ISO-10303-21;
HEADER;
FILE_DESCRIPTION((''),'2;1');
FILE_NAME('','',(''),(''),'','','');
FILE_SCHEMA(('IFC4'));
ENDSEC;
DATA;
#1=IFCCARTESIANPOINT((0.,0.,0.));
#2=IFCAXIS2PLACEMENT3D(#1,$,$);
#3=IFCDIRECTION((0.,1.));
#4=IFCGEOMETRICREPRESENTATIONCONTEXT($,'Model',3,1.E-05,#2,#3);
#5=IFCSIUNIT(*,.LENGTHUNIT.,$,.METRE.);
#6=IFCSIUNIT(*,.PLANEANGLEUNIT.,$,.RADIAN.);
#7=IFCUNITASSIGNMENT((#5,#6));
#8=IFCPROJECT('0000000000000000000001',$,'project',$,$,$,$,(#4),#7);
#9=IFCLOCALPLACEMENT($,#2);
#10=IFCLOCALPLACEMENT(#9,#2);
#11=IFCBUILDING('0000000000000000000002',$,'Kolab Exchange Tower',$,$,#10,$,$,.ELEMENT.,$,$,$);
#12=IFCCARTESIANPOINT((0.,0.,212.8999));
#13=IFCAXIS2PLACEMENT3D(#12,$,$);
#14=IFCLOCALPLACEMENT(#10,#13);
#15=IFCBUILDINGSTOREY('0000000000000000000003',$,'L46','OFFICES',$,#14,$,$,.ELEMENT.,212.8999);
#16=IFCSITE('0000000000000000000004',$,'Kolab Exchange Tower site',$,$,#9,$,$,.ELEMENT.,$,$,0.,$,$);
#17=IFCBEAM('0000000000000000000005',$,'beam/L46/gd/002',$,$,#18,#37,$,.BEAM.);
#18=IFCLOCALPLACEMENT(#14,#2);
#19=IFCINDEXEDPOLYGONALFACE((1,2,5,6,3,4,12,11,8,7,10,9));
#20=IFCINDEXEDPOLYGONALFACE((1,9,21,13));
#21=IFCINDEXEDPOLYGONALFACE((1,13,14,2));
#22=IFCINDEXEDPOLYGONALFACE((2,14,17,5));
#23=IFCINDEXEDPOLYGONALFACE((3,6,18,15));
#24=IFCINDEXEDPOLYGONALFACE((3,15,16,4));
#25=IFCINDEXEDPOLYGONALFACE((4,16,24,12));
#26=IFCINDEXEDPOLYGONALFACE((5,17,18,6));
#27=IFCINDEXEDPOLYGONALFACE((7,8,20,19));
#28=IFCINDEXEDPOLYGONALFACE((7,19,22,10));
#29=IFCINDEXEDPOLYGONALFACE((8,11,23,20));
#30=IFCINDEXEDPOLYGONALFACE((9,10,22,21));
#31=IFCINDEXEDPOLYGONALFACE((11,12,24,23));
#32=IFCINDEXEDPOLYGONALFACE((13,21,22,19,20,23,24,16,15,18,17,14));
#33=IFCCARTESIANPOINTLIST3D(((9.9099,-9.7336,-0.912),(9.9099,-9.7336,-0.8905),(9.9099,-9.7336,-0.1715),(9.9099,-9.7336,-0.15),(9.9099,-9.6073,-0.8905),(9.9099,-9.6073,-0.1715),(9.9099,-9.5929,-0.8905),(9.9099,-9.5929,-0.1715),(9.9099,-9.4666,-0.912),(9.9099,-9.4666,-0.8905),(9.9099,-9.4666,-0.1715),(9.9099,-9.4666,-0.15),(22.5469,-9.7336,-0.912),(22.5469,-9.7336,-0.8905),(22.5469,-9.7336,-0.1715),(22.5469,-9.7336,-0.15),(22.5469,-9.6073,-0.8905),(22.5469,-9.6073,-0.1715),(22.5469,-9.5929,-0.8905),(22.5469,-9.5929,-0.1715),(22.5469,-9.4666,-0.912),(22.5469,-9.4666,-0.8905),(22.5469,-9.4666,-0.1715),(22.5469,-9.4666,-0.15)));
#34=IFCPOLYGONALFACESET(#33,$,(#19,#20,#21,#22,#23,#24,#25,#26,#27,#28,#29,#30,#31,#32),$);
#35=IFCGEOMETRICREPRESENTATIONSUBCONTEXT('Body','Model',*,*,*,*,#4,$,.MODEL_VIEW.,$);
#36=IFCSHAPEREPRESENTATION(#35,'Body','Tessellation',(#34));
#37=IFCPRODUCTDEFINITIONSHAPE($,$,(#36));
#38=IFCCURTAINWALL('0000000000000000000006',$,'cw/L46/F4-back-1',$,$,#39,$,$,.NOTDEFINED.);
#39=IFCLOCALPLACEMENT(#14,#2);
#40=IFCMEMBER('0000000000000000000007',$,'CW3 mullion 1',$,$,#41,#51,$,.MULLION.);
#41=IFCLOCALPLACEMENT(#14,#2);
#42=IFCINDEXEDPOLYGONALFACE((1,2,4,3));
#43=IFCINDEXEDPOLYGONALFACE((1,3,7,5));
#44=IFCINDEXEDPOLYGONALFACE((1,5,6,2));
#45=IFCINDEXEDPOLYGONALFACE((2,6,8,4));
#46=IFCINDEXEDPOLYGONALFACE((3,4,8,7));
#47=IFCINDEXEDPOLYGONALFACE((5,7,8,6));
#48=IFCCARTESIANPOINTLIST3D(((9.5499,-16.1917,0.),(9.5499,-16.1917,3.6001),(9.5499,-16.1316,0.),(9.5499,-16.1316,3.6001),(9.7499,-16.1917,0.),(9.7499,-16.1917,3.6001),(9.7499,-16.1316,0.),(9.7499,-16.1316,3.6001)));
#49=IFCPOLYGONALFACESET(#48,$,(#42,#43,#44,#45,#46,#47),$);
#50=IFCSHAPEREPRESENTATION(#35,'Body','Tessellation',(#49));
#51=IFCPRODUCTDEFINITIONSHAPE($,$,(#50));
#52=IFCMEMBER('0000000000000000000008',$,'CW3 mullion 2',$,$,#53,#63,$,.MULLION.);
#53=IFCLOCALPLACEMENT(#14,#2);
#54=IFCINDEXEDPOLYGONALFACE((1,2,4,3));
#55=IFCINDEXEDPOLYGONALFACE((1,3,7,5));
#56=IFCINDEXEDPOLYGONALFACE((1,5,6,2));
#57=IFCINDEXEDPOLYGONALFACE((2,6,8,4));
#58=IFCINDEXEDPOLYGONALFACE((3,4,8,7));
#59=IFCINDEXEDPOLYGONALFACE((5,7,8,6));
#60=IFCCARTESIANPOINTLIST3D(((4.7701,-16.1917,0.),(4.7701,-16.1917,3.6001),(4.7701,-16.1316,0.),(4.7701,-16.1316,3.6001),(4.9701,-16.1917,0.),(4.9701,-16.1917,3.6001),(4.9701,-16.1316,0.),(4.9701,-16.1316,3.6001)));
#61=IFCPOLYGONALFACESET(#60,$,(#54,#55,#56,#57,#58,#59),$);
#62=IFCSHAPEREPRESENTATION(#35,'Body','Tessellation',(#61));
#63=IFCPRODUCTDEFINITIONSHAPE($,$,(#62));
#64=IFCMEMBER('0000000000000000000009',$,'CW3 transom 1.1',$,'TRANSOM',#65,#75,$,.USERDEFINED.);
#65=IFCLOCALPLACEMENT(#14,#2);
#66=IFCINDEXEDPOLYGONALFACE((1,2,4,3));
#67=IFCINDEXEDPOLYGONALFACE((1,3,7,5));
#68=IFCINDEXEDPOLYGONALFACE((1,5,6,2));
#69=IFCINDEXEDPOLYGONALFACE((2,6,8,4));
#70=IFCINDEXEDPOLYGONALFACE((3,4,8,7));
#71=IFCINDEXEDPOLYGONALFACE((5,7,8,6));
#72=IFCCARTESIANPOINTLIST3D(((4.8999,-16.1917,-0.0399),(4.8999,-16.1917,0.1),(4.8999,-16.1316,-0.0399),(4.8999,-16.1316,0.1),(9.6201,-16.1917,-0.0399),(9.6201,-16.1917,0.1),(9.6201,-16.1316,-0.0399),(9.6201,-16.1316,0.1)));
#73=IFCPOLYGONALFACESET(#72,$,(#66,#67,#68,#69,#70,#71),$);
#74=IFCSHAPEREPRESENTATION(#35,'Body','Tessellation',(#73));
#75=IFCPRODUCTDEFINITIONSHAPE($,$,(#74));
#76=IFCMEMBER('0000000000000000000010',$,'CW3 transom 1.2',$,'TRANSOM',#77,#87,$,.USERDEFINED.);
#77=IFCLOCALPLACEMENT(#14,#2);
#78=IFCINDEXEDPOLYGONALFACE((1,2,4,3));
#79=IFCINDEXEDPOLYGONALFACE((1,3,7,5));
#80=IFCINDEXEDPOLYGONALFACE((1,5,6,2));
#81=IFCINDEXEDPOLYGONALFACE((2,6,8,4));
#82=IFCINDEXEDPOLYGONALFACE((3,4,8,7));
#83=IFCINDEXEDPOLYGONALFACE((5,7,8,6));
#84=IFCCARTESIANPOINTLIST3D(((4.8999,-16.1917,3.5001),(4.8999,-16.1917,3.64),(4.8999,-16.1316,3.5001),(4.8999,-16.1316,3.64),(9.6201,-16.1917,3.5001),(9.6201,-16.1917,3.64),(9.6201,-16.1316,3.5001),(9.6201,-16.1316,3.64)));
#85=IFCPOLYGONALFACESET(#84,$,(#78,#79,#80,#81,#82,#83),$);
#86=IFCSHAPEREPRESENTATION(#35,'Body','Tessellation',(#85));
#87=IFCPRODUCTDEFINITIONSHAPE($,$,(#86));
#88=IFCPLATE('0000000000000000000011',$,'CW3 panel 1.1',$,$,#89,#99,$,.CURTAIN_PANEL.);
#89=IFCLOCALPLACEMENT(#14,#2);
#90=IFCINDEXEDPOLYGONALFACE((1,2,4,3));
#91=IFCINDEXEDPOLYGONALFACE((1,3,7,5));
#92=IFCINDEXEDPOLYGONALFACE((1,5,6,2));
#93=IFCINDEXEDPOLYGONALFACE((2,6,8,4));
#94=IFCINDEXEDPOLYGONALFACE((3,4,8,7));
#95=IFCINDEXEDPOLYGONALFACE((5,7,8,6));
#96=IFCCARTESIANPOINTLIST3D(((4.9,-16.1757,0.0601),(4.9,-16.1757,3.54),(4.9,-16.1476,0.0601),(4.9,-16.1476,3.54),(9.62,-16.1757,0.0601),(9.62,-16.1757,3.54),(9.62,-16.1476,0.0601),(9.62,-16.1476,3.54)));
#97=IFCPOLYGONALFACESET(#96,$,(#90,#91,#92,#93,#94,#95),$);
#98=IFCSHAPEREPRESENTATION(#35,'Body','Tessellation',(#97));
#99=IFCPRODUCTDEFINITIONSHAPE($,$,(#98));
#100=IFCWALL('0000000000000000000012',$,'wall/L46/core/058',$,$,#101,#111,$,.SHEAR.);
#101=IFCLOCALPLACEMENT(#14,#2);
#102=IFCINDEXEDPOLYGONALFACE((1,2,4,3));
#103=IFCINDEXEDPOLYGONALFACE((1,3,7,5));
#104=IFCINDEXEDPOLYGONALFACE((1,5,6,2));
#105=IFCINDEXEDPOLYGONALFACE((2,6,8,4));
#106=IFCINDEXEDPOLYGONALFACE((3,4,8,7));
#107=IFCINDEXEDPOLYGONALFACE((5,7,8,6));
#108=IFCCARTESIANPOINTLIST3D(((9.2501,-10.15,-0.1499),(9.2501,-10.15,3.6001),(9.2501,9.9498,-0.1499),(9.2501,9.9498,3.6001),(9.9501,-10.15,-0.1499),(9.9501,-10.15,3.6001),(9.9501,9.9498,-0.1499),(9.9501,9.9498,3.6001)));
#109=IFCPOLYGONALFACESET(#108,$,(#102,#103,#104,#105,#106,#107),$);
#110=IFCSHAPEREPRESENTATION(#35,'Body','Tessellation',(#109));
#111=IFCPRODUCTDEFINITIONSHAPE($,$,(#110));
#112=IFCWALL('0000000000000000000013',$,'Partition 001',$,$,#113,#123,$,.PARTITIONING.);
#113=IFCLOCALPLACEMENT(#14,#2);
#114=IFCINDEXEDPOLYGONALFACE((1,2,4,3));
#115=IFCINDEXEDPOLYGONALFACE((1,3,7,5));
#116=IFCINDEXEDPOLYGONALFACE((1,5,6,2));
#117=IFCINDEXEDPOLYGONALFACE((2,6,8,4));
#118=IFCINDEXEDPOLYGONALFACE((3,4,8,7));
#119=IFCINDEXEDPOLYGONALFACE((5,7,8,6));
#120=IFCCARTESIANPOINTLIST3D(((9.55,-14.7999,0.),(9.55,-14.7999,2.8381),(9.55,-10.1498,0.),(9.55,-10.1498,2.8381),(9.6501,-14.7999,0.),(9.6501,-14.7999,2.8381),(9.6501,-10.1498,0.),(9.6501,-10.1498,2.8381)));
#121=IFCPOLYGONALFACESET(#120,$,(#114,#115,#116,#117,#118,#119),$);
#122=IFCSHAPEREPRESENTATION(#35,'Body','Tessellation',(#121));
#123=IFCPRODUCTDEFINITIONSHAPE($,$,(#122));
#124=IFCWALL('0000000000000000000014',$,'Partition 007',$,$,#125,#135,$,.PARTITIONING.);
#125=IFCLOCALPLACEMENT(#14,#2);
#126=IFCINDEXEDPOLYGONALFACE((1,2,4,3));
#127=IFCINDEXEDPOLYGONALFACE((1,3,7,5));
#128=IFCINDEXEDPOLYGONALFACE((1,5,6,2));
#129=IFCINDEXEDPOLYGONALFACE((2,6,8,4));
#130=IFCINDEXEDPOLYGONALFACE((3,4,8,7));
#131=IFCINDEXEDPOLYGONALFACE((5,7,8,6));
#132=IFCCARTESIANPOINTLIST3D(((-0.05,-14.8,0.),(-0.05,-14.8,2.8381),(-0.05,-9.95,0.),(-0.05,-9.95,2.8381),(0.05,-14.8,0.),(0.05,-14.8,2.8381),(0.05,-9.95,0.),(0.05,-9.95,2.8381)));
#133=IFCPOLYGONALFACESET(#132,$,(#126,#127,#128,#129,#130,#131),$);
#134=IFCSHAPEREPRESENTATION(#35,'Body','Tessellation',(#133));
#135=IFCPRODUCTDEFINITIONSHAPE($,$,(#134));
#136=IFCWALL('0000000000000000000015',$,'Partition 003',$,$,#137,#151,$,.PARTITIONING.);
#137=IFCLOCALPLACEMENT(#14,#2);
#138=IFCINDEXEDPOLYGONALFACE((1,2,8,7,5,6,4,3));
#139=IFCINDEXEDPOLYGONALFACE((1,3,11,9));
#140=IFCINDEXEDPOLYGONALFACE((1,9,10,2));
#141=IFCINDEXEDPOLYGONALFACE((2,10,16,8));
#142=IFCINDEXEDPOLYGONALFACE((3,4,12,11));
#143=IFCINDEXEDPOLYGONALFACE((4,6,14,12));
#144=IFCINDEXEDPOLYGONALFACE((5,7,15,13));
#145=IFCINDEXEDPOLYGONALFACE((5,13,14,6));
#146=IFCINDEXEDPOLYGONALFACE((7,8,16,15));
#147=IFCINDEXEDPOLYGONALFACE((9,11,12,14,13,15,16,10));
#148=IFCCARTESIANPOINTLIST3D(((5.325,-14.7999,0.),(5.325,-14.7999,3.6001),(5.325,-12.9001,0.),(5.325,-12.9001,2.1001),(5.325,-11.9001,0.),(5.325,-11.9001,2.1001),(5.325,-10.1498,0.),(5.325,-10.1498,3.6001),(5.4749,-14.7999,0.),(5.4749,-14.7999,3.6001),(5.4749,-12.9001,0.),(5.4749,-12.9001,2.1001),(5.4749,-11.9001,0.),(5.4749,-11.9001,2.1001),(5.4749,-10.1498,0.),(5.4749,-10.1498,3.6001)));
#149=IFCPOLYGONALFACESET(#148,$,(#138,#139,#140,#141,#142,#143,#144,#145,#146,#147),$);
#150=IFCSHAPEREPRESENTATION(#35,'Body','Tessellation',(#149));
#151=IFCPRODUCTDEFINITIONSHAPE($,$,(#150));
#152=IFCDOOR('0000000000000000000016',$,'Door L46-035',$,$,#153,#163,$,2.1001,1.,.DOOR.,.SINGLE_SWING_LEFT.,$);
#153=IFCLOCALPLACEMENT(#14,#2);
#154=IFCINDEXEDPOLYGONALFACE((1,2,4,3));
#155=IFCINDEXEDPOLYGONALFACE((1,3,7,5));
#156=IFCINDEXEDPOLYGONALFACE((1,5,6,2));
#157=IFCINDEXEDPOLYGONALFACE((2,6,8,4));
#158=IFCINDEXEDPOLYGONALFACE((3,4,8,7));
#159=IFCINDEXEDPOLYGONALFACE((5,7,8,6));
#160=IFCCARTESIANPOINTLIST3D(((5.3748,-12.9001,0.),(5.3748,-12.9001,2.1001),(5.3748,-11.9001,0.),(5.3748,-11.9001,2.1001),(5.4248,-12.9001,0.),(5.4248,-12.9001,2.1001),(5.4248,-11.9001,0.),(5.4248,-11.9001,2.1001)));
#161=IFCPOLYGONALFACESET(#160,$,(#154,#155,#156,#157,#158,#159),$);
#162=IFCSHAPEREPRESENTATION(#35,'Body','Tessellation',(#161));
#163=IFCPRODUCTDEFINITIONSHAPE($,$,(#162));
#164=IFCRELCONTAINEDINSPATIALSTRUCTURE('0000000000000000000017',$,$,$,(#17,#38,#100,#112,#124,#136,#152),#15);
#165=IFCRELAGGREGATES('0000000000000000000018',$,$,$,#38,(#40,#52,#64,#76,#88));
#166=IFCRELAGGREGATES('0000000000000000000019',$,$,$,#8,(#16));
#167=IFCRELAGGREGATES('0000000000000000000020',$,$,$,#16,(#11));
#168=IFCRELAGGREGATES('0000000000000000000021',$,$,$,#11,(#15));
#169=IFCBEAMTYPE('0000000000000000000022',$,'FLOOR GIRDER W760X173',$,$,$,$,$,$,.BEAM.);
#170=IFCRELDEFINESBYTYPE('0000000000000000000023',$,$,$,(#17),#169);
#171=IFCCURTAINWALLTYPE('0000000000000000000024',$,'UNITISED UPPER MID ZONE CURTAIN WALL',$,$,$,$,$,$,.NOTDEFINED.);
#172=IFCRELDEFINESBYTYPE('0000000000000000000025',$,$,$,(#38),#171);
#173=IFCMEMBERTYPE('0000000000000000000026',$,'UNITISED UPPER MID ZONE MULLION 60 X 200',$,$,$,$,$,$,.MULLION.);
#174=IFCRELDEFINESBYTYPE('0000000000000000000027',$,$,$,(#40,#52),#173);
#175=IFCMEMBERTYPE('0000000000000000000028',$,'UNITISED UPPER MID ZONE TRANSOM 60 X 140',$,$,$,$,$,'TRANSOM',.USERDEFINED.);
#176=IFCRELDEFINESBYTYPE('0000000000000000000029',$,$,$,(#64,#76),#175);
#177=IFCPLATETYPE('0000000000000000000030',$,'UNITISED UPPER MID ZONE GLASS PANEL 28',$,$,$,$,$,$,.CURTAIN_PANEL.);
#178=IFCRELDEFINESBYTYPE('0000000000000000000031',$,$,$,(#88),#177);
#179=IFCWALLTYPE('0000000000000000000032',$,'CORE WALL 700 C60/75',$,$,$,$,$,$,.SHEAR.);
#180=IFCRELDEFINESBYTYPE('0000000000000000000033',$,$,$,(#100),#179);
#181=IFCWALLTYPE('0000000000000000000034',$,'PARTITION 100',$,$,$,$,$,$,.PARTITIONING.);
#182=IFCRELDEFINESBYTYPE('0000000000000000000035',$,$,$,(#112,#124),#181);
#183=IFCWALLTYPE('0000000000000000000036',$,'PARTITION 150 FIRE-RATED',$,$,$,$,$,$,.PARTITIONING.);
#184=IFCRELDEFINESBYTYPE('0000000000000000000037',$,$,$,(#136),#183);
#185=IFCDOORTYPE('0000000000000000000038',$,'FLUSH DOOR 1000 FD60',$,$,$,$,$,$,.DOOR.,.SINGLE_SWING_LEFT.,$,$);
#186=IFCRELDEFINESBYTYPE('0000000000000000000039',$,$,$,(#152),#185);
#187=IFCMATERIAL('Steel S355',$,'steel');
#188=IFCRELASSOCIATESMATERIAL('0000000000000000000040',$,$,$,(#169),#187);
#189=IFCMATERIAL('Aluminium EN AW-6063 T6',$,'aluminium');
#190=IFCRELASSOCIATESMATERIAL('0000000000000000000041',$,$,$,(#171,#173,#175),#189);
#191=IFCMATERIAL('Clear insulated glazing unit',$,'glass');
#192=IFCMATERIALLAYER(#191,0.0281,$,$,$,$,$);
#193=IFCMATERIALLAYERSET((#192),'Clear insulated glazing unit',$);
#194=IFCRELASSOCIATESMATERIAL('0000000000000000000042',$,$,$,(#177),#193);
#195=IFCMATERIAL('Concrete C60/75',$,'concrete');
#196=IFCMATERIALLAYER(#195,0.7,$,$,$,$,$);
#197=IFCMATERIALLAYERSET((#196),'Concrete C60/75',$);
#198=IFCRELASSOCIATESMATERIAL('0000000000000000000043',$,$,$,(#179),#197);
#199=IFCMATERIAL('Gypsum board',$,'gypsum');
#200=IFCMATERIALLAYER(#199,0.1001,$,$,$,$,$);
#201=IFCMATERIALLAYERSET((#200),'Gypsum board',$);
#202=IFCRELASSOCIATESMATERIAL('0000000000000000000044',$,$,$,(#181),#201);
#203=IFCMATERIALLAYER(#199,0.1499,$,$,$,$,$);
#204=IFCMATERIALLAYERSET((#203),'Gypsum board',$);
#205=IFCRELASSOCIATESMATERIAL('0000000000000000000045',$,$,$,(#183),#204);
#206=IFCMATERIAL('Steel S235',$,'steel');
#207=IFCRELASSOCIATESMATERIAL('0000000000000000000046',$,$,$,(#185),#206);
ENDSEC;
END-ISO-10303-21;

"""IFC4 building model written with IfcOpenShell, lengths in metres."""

from ifc_helpers import new_model, si_unit, direction, frame, frame_2d, origin, origin_2d, place, context, subcontext, project, spatial, rectangle, i_section, extrude, material, layer, layer_set, material_profile, profile_set, type_object, element, fill, aggregate, save


model = new_model("IFC4")

# Units and contexts
model_context = context("Model", 3, precision=1e-05, world=origin(), true_north=direction((0.0, 1.0)))
body_context = subcontext(model_context, "Body", "Model", "MODEL_VIEW")
ifc_project = project(units=[si_unit("LENGTHUNIT", "METRE"), si_unit("PLANEANGLEUNIT", "RADIAN")], contexts=[model_context])

# Site, building, storey
site_placement = place(None, origin())
site = spatial("IfcSite", under=ifc_project, at=site_placement, Name="Kolab Exchange Tower site", CompositionType="ELEMENT", RefElevation=0.0)
building_placement = place(site_placement, origin())
building = spatial("IfcBuilding", under=site, at=building_placement, Name="Kolab Exchange Tower", CompositionType="ELEMENT")
storey_placement = place(building_placement, frame((0.0, 0.0, 212.8999)))
storey = spatial("IfcBuildingStorey", under=building, at=storey_placement, Name="L46", Description="OFFICES", CompositionType="ELEMENT", Elevation=212.8999)

# Beam
ifc_material_1 = material(Name="Steel S355", Category="steel")
ifc_material_profile_1 = material_profile(ifc_material_1, i_section(OverallWidth=0.2671, OverallDepth=0.762, WebThickness=0.0144, FlangeThickness=0.0215, at=origin_2d()), Name="W760X173")
ifc_profile_set_1 = profile_set([ifc_material_profile_1], Name="Steel S355")
beam_type = type_object("IfcBeamType", Name="FLOOR GIRDER W760X173", PredefinedType="BEAM", material=ifc_profile_set_1)
beam_placement = place(storey_placement, frame((9.9099, -9.6001, -0.531), z_axis=(1.0, 0.0, 0.0), x_axis=(0.0, 1.0, 0.0)))
element("IfcBeam", 1, at=beam_placement, inside=storey, type_object=beam_type, Name="beam/L46/gd/002", PredefinedType="BEAM", context=body_context, shape_type="SweptSolid", body=[
    extrude(i_section(OverallWidth=0.2671, OverallDepth=0.762, WebThickness=0.0144, FlangeThickness=0.0215, at=origin_2d()), origin(), (0.0, 0.0, 1.0), 12.637),
])

# Curtain wall, members, plate
ifc_material_2 = material(Name="Aluminium EN AW-6063 T6", Category="aluminium")
curtain_wall_type = type_object("IfcCurtainWallType", Name="UNITISED UPPER MID ZONE CURTAIN WALL", PredefinedType="NOTDEFINED", material=ifc_material_2)
curtain_wall_placement = place(storey_placement, origin())
curtain_wall = element("IfcCurtainWall", 2, at=curtain_wall_placement, inside=storey, type_object=curtain_wall_type, Name="cw/L46/F4-back-1", PredefinedType="NOTDEFINED")
ifc_material_profile_2 = material_profile(ifc_material_2, rectangle(XDim=0.0601, YDim=0.2, at=origin_2d()), Name="RECT 60X200")
ifc_profile_set_2 = profile_set([ifc_material_profile_2], Name="Aluminium EN AW-6063 T6")
member_type_1 = type_object("IfcMemberType", Name="UNITISED UPPER MID ZONE MULLION 60 X 200", PredefinedType="MULLION", material=ifc_profile_set_2)
member_1_placement = place(storey_placement, frame((9.6499, -16.1616, 0.0), z_axis=(0.0, 0.0, 1.0), x_axis=(0.0, -1.0, 0.0)))
member_1 = element("IfcMember", 3, at=member_1_placement, type_object=member_type_1, Name="CW3 mullion 1", PredefinedType="MULLION", context=body_context, shape_type="SweptSolid", body=[
    extrude(rectangle(XDim=0.0601, YDim=0.2, at=origin_2d()), origin(), (0.0, 0.0, 1.0), 3.6001),
])
member_2_placement = place(storey_placement, frame((4.8701, -16.1616, 0.0), z_axis=(0.0, 0.0, 1.0), x_axis=(0.0, -1.0, 0.0)))
member_2 = element("IfcMember", 4, at=member_2_placement, type_object=member_type_1, Name="CW3 mullion 2", PredefinedType="MULLION", context=body_context, shape_type="SweptSolid", body=[
    extrude(rectangle(XDim=0.0601, YDim=0.2, at=origin_2d()), origin(), (0.0, 0.0, 1.0), 3.6001),
])
ifc_material_profile_3 = material_profile(ifc_material_2, rectangle(XDim=0.0601, YDim=0.1399, at=origin_2d()), Name="RECT 60X140")
ifc_profile_set_3 = profile_set([ifc_material_profile_3], Name="Aluminium EN AW-6063 T6")
member_type_2 = type_object("IfcMemberType", Name="UNITISED UPPER MID ZONE TRANSOM 60 X 140", ElementType="TRANSOM", PredefinedType="USERDEFINED", material=ifc_profile_set_3)
member_3_placement = place(storey_placement, frame((9.6201, -16.1616, 0.03), z_axis=(-1.0, 0.0, 0.0), x_axis=(0.0, -1.0, 0.0)))
member_3 = element("IfcMember", 5, at=member_3_placement, type_object=member_type_2, Name="CW3 transom 1.1", ObjectType="TRANSOM", PredefinedType="USERDEFINED", context=body_context, shape_type="SweptSolid", body=[
    extrude(rectangle(XDim=0.0601, YDim=0.1399, at=origin_2d()), origin(), (0.0, 0.0, 1.0), 4.7202),
])
member_4_placement = place(storey_placement, frame((9.6201, -16.1616, 3.5701), z_axis=(-1.0, 0.0, 0.0), x_axis=(0.0, -1.0, 0.0)))
member_4 = element("IfcMember", 6, at=member_4_placement, type_object=member_type_2, Name="CW3 transom 1.2", ObjectType="TRANSOM", PredefinedType="USERDEFINED", context=body_context, shape_type="SweptSolid", body=[
    extrude(rectangle(XDim=0.0601, YDim=0.1399, at=origin_2d()), origin(), (0.0, 0.0, 1.0), 4.7202),
])
ifc_material_3 = material(Name="Clear insulated glazing unit", Category="glass")
ifc_layer_1 = layer(ifc_material_3, 0.0281)
ifc_layer_set_1 = layer_set([ifc_layer_1], Name="Clear insulated glazing unit")
plate_type = type_object("IfcPlateType", Name="UNITISED UPPER MID ZONE GLASS PANEL 28", PredefinedType="CURTAIN_PANEL", material=ifc_layer_set_1)
plate_placement = place(storey_placement, frame((7.26, -16.1616, 0.0601), z_axis=(0.0, 0.0, 1.0), x_axis=(-1.0, 0.0, 0.0)))
plate = element("IfcPlate", 7, at=plate_placement, type_object=plate_type, Name="CW3 panel 1.1", PredefinedType="CURTAIN_PANEL", context=body_context, shape_type="SweptSolid", body=[
    extrude(rectangle(XDim=4.72, YDim=0.0281, at=origin_2d()), origin(), (0.0, 0.0, 1.0), 3.48),
])
aggregate(curtain_wall, [member_1, member_2, member_3, member_4, plate])

# Wall
ifc_material_4 = material(Name="Concrete C60/75", Category="concrete")
ifc_layer_2 = layer(ifc_material_4, 0.7)
ifc_layer_set_2 = layer_set([ifc_layer_2], Name="Concrete C60/75")
wall_type_1 = type_object("IfcWallType", Name="CORE WALL 700 C60/75", PredefinedType="SHEAR", material=ifc_layer_set_2)
wall_1_placement = place(storey_placement, frame((9.6001, -10.1499, -0.1499), z_axis=(0.0, 0.0, 1.0), x_axis=(0.0, 1.0, 0.0)))
element("IfcWall", 8, at=wall_1_placement, inside=storey, type_object=wall_type_1, Name="wall/L46/core/058", PredefinedType="SHEAR", context=body_context, shape_type="SweptSolid", body=[
    extrude(rectangle(XDim=20.0999, YDim=0.7, at=frame_2d((10.0498, 0.0))), origin(), (0.0, 0.0, 1.0), 3.75),
])

# Walls
ifc_material_5 = material(Name="Gypsum board", Category="gypsum")
ifc_layer_3 = layer(ifc_material_5, 0.1001)
ifc_layer_set_3 = layer_set([ifc_layer_3], Name="Gypsum board")
wall_type_2 = type_object("IfcWallType", Name="PARTITION 100", PredefinedType="PARTITIONING", material=ifc_layer_set_3)
wall_2_placement = place(storey_placement, frame((9.6001, -14.8, 0.0), z_axis=(0.0, 0.0, 1.0), x_axis=(0.0, 1.0, 0.0)))
element("IfcWall", 9, at=wall_2_placement, inside=storey, type_object=wall_type_2, Name="Partition 001", PredefinedType="PARTITIONING", context=body_context, shape_type="SweptSolid", body=[
    extrude(rectangle(XDim=4.6501, YDim=0.1001, at=frame_2d((2.3252, 0.0))), origin(), (0.0, 0.0, 1.0), 2.8381),
])
wall_3_placement = place(storey_placement, frame((0.0, -14.8, 0.0), z_axis=(0.0, 0.0, 1.0), x_axis=(0.0, 1.0, 0.0)))
element("IfcWall", 10, at=wall_3_placement, inside=storey, type_object=wall_type_2, Name="Partition 007", PredefinedType="PARTITIONING", context=body_context, shape_type="SweptSolid", body=[
    extrude(rectangle(XDim=4.8501, YDim=0.1001, at=frame_2d((2.425, 0.0))), origin(), (0.0, 0.0, 1.0), 2.8381),
])

# Wall, opening, door
ifc_layer_4 = layer(ifc_material_5, 0.1499)
ifc_layer_set_4 = layer_set([ifc_layer_4], Name="Gypsum board")
wall_type_3 = type_object("IfcWallType", Name="PARTITION 150 FIRE-RATED", PredefinedType="PARTITIONING", material=ifc_layer_set_4)
wall_4_placement = place(storey_placement, frame((5.3999, -14.8, 0.0), z_axis=(0.0, 0.0, 1.0), x_axis=(0.0, 1.0, 0.0)))
wall_4 = element("IfcWall", 11, at=wall_4_placement, inside=storey, type_object=wall_type_3, Name="Partition 003", PredefinedType="PARTITIONING", context=body_context, shape_type="SweptSolid", body=[
    extrude(rectangle(XDim=4.6501, YDim=0.1499, at=frame_2d((2.3252, 0.0))), origin(), (0.0, 0.0, 1.0), 3.6001),
])
opening_1_placement = place(wall_4_placement, frame((1.8999, 0.0, 0.0)))
opening_1 = element("IfcOpeningElement", 12, at=opening_1_placement, cuts=wall_4, PredefinedType="OPENING", context=body_context, shape_type="SweptSolid", body=[
    extrude(rectangle(XDim=1.0, YDim=2.1001, at=frame_2d((0.5, 1.05))), frame((0.0, 0.085, 0.0), z_axis=(0.0, -1.0, 0.0), x_axis=(1.0, 0.0, 0.0)), (0.0, 0.0, 1.0), 0.1699),
])
ifc_material_6 = material(Name="Steel S235", Category="steel")
door_type_1 = type_object("IfcDoorType", Name="FLUSH DOOR 1000 FD60", OperationType="SINGLE_SWING_LEFT", PredefinedType="DOOR", material=ifc_material_6)
door_1_placement = place(opening_1_placement, frame((1.0, 0.0, 0.0), z_axis=(0.0, 0.0, 1.0), x_axis=(-1.0, 0.0, 0.0)))
door_1 = element("IfcDoor", 13, at=door_1_placement, inside=storey, type_object=door_type_1, Name="Door L46-035", OperationType="SINGLE_SWING_LEFT", OverallHeight=2.1001, OverallWidth=1.0, PredefinedType="DOOR", context=body_context, shape_type="SweptSolid", body=[
    extrude(rectangle(XDim=1.0, YDim=2.1001, at=frame_2d((0.5, 1.05))), frame((0.0, 0.0249, 0.0), z_axis=(0.0, -1.0, 0.0), x_axis=(1.0, 0.0, 0.0)), (0.0, 0.0, 1.0), 0.05),
])
fill(opening_1, door_1)

save(model, "model.ifc")
